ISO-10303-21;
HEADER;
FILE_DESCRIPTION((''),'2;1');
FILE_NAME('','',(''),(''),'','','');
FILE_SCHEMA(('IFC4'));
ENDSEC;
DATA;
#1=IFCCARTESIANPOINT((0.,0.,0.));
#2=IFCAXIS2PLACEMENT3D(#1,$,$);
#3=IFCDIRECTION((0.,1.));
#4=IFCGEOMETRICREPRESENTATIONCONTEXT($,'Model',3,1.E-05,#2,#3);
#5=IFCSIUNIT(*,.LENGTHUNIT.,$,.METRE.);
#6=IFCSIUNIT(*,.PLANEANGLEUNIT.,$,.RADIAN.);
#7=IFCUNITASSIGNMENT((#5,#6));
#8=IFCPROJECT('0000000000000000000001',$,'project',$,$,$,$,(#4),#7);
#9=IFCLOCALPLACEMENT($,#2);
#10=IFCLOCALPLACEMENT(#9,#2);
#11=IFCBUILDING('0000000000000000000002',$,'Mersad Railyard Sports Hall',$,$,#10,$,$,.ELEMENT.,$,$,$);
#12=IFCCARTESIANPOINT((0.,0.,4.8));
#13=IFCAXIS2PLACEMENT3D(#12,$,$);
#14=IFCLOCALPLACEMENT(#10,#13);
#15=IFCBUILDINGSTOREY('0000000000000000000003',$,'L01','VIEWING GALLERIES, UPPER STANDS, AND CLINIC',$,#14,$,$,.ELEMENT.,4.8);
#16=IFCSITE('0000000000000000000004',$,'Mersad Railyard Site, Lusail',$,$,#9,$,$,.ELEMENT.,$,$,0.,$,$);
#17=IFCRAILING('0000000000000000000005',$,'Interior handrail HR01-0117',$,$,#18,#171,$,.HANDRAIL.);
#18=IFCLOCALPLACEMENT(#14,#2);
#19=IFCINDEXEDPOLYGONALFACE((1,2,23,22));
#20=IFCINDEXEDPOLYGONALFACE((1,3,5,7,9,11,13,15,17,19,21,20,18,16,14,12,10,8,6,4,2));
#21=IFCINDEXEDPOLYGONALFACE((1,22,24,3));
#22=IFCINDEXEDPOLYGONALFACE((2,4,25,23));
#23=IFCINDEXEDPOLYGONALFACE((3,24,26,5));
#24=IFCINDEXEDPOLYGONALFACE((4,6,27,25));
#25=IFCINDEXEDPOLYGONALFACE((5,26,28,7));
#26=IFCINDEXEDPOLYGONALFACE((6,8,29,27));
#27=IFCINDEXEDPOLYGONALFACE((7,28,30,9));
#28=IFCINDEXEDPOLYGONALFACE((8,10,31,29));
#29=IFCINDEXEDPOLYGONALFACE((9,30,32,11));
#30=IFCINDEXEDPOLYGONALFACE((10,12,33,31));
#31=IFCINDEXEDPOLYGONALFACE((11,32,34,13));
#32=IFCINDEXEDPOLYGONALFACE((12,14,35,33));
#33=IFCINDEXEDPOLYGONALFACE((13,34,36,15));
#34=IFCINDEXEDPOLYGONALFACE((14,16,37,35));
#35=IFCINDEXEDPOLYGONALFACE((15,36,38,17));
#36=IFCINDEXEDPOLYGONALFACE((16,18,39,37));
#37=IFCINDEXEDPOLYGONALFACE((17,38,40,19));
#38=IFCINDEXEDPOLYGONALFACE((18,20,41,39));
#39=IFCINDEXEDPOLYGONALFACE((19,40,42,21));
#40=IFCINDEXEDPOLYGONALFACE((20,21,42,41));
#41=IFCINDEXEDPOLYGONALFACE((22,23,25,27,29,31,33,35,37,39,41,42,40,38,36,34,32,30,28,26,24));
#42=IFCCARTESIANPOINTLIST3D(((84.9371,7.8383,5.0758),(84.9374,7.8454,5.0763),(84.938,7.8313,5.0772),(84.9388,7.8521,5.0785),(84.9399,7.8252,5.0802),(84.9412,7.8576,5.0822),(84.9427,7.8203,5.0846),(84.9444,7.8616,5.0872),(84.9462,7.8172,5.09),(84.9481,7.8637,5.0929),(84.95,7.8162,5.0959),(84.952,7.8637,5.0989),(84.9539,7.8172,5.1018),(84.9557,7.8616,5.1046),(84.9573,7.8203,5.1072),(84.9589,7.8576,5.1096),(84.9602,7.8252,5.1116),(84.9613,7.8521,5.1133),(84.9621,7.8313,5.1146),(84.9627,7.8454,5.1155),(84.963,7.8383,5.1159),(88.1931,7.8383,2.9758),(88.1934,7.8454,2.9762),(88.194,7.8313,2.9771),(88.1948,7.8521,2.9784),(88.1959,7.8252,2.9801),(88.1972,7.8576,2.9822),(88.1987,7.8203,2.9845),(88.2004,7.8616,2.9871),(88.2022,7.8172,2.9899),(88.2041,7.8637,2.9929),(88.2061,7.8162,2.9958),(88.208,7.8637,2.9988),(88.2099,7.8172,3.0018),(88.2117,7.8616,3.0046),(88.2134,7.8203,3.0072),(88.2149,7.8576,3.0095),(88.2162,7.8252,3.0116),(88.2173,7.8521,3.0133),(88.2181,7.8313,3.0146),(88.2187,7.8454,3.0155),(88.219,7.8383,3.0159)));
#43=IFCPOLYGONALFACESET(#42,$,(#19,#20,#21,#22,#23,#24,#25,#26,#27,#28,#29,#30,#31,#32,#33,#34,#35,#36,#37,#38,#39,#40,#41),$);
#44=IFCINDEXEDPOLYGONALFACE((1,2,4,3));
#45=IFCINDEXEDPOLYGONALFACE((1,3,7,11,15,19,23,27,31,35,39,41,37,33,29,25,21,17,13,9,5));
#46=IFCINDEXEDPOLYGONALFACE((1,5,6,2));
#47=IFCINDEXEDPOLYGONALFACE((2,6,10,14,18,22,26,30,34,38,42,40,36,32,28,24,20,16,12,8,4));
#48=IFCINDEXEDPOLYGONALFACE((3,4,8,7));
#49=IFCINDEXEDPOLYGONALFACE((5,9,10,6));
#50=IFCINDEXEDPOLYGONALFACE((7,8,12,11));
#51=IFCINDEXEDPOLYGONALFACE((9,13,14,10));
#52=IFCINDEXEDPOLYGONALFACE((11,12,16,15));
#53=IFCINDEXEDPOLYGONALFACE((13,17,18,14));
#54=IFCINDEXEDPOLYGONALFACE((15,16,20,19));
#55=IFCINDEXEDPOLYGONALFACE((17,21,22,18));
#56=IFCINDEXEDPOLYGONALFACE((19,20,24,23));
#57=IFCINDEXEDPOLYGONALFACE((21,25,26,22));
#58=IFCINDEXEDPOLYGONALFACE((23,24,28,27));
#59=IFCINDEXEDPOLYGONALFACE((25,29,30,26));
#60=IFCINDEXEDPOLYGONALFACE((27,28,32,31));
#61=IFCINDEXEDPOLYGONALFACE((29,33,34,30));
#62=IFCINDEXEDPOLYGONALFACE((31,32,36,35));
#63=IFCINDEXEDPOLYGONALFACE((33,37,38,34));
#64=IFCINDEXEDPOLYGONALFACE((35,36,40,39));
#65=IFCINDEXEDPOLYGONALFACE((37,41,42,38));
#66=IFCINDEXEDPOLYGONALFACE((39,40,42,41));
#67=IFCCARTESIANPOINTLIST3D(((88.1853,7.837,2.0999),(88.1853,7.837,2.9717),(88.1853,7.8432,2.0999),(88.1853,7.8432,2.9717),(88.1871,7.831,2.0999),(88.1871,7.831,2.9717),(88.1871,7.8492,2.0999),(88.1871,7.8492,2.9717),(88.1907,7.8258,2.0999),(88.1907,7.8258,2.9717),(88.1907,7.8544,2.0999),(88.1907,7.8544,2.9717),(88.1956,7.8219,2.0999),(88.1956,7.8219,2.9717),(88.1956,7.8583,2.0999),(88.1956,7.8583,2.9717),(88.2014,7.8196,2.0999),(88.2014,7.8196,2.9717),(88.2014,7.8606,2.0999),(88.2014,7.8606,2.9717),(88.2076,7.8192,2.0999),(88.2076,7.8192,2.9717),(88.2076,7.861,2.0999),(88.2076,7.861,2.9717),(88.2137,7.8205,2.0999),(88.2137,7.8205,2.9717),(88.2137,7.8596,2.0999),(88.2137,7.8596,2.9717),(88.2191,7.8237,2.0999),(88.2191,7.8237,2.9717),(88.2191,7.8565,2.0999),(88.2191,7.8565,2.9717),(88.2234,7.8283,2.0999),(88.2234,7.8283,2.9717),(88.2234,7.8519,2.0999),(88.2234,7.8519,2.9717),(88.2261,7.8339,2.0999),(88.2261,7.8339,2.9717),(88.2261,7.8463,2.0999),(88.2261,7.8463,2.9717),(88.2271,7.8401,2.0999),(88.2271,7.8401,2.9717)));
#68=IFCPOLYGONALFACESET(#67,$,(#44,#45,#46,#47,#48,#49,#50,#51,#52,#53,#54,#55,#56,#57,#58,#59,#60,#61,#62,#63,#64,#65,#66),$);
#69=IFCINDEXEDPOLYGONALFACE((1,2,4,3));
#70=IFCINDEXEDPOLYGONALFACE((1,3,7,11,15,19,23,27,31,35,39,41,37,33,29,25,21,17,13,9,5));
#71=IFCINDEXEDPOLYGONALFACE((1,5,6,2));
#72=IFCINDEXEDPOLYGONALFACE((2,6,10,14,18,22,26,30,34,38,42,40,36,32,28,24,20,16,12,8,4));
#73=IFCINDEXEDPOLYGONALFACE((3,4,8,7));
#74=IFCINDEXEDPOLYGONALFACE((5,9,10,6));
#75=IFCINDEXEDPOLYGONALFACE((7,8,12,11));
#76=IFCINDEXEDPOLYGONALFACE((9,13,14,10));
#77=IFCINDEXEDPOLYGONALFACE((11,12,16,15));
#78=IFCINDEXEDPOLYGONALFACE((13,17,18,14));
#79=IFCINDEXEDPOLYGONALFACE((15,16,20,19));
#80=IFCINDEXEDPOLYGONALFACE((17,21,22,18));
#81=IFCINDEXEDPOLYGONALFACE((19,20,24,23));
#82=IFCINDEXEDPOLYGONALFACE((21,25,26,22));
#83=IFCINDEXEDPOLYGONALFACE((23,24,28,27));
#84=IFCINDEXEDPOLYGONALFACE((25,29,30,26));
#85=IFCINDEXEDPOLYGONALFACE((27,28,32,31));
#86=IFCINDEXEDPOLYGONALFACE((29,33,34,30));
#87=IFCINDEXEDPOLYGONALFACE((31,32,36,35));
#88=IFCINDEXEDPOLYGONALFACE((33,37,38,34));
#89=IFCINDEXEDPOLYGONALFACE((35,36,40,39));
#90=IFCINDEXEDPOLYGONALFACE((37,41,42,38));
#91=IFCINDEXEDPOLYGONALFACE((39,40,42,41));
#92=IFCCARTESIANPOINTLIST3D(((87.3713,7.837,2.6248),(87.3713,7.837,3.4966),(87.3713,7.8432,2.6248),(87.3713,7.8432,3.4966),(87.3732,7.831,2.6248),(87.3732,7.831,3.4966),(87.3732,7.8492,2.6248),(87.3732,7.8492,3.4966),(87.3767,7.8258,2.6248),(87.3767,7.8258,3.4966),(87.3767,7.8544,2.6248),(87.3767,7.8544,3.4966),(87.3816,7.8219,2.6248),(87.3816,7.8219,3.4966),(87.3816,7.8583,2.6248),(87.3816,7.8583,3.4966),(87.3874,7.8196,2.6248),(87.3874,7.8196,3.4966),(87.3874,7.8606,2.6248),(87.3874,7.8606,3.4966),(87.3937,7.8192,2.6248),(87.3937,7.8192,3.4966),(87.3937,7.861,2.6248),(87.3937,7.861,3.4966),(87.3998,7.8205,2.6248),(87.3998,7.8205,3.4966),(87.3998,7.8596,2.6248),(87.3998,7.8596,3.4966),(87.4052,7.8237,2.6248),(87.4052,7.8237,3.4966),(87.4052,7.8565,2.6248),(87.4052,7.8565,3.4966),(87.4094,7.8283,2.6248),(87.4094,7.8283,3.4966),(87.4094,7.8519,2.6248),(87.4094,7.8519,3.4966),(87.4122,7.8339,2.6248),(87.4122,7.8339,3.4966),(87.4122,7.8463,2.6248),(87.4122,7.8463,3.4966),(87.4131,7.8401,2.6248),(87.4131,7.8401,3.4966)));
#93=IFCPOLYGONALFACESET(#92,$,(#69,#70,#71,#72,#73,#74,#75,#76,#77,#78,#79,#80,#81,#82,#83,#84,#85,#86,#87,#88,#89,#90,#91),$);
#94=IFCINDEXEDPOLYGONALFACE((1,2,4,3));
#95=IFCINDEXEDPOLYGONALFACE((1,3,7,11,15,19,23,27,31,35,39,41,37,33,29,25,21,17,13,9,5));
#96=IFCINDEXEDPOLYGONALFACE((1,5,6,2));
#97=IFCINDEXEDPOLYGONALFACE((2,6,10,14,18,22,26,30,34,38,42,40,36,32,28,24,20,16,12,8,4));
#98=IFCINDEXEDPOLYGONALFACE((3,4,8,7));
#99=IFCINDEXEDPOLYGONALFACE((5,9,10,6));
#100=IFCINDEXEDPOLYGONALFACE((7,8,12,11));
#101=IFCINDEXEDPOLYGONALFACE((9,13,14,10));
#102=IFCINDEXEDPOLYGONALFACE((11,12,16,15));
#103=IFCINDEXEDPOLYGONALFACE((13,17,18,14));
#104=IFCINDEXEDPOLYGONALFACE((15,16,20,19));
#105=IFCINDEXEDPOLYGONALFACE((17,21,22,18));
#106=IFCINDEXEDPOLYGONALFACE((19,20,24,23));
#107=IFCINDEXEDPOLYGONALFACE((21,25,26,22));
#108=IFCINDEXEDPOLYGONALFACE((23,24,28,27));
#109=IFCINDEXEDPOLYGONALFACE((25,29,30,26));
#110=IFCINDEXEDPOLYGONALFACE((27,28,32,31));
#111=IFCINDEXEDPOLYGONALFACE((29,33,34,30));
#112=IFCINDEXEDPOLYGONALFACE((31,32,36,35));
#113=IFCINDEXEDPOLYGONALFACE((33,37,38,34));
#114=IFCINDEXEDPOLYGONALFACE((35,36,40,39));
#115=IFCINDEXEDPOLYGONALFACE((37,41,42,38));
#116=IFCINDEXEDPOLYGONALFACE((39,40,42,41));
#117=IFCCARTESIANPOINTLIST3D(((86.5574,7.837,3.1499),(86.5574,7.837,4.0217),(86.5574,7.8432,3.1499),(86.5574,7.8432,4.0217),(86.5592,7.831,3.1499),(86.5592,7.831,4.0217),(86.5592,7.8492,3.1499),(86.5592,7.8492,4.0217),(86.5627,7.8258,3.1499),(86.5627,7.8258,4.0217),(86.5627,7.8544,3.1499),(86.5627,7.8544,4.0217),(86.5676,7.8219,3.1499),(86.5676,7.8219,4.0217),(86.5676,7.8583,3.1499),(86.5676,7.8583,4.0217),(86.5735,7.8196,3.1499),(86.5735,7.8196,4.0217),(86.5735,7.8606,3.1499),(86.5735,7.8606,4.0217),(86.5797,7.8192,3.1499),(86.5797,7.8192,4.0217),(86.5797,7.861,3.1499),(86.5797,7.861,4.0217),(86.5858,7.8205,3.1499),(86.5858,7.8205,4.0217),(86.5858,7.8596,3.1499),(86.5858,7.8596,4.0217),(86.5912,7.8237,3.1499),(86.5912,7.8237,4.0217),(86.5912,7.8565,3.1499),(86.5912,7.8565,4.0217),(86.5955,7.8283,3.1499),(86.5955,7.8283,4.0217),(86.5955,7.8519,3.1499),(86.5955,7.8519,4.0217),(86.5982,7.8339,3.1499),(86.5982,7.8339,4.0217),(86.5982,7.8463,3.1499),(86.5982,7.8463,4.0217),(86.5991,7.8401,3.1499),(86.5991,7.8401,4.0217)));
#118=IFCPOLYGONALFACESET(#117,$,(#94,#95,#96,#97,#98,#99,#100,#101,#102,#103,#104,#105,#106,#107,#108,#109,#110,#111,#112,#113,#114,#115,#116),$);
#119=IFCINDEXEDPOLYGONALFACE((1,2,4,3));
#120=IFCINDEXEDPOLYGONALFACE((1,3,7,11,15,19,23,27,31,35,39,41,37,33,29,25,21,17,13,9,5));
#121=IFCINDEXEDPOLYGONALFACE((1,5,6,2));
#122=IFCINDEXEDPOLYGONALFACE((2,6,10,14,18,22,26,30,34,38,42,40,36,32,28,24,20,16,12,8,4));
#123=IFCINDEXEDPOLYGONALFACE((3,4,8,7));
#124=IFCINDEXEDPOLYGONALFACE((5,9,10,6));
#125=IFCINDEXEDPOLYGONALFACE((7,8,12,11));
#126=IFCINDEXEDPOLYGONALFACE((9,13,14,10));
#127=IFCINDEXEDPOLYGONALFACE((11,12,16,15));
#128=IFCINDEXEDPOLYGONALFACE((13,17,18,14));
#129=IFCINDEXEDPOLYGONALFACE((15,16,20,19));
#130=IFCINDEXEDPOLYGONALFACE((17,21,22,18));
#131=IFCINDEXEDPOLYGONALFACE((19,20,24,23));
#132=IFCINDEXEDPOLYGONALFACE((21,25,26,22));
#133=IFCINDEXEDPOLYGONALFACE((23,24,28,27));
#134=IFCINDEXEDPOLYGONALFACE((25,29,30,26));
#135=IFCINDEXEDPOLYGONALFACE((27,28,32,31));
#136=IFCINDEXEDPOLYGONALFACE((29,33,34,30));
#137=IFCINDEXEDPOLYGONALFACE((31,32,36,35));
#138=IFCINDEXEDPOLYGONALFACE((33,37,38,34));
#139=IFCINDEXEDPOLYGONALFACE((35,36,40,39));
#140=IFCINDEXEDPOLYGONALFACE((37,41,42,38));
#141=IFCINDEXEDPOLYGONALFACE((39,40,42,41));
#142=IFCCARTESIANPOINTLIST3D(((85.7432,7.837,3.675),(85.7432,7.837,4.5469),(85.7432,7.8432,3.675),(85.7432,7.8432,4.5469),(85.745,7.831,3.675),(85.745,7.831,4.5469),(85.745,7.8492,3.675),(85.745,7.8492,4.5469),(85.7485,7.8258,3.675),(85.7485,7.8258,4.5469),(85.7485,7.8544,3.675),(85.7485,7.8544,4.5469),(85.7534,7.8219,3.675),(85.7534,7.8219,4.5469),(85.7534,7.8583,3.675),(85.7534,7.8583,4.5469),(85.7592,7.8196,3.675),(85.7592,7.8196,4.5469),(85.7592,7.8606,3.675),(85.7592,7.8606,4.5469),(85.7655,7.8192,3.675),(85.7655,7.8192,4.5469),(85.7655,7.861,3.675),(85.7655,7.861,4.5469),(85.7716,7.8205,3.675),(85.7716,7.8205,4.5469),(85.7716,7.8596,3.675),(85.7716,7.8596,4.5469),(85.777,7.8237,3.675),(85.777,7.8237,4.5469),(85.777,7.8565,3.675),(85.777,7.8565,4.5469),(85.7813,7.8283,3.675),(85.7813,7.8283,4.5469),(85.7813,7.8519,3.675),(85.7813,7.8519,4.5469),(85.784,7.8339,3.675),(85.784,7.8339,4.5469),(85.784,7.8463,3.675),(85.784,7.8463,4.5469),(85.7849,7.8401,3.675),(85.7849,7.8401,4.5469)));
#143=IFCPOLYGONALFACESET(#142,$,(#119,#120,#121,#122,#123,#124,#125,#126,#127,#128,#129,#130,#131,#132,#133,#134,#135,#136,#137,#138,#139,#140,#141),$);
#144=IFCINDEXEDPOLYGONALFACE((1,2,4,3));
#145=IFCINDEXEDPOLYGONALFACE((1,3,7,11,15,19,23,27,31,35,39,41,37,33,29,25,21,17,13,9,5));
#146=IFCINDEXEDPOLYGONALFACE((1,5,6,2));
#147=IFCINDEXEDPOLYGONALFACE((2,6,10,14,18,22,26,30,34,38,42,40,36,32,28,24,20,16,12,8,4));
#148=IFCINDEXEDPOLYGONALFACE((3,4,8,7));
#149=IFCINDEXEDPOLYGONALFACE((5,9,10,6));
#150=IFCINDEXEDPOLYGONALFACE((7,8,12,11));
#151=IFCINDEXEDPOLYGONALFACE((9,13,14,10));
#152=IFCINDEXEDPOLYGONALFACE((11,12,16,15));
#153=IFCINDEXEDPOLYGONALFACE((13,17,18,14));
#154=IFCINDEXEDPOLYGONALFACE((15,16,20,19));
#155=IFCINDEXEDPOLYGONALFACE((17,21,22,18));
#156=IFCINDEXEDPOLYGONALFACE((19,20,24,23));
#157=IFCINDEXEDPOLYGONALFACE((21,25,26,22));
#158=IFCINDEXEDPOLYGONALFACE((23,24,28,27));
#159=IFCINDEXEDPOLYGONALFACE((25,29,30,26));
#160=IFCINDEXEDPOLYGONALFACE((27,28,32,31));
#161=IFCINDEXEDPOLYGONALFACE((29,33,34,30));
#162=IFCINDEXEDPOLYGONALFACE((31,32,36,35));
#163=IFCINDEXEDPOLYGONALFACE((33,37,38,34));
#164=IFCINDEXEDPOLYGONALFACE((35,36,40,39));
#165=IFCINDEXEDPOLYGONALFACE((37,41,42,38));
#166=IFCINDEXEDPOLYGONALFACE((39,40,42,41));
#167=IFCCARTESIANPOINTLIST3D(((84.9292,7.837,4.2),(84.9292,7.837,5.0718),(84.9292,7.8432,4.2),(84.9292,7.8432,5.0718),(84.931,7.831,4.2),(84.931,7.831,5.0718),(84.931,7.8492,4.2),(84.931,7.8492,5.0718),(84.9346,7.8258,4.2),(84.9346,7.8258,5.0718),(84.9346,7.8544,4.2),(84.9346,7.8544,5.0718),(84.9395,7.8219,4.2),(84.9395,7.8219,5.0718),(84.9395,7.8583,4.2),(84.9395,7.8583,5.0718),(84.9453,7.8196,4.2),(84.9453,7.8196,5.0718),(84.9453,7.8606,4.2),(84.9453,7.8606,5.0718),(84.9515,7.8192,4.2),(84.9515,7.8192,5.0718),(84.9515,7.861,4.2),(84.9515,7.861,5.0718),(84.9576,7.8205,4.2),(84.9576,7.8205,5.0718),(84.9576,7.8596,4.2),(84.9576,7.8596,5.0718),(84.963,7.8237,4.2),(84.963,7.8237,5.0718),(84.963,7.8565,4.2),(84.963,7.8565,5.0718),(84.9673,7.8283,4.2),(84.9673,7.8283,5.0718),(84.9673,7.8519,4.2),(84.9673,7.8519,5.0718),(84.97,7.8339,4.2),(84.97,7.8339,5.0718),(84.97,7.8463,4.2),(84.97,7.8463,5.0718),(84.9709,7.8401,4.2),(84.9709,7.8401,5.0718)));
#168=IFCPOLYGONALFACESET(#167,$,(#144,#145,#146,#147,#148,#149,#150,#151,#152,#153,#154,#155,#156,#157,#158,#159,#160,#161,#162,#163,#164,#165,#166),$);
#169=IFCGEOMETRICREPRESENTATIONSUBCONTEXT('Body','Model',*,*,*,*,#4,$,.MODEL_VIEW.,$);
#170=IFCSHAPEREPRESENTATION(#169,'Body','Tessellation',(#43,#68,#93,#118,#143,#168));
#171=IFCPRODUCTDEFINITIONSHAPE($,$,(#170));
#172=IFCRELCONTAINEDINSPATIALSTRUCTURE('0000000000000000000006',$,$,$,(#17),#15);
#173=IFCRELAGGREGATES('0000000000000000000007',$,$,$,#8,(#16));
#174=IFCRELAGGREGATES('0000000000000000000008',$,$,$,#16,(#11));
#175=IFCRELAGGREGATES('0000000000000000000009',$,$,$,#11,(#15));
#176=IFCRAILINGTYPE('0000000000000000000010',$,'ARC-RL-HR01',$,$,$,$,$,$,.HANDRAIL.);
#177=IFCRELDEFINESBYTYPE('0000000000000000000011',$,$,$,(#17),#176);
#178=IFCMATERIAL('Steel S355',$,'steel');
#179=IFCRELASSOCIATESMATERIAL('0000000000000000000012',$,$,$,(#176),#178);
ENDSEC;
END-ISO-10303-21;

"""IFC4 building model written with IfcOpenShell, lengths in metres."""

from ifc_helpers import new_model, si_unit, direction, frame, origin, origin_2d, place, context, subcontext, project, spatial, circle, extrude, material, type_object, element, save


model = new_model("IFC4")

# Units and contexts
model_context = context("Model", 3, precision=1e-05, world=origin(), true_north=direction((0.0, 1.0)))
body_context = subcontext(model_context, "Body", "Model", "MODEL_VIEW")
ifc_project = project(units=[si_unit("LENGTHUNIT", "METRE"), si_unit("PLANEANGLEUNIT", "RADIAN")], contexts=[model_context])

# Site, building, storey
site_placement = place(None, origin())
site = spatial("IfcSite", under=ifc_project, at=site_placement, Name="Mersad Railyard Site, Lusail", CompositionType="ELEMENT", RefElevation=0.0)
building_placement = place(site_placement, origin())
building = spatial("IfcBuilding", under=site, at=building_placement, Name="Mersad Railyard Sports Hall", CompositionType="ELEMENT")
storey_placement = place(building_placement, frame((0.0, 0.0, 4.8)))
storey = spatial("IfcBuildingStorey", under=building, at=storey_placement, Name="L01", Description="VIEWING GALLERIES, UPPER STANDS, AND CLINIC", CompositionType="ELEMENT", Elevation=4.8)

# Railing
ifc_material_1 = material(Name="Steel S355", Category="steel")
railing_type_1 = type_object("IfcRailingType", Name="ARC-RL-HR01", PredefinedType="HANDRAIL", material=ifc_material_1)
railing_1_placement = place(storey_placement, frame((88.2061, 7.8401, 2.0999)))
element("IfcRailing", 1, at=railing_1_placement, inside=storey, type_object=railing_type_1, Name="Interior handrail HR01-0117", PredefinedType="HANDRAIL", context=body_context, shape_type="SweptSolid", body=[
    extrude(circle(Radius=0.0239, at=origin_2d()), frame((0.0, 0.0, 0.896), z_axis=(-0.840369, 0.0, 0.542015), x_axis=(0.0, -1.0, 0.0)), (0.0, 0.0, 1.0), 3.8745),
    extrude(circle(Radius=0.021, at=origin_2d()), origin(), (0.0, 0.0, 1.0), 0.8718),
    extrude(circle(Radius=0.021, at=origin_2d()), frame((-0.814, 0.0, 0.5249)), (0.0, 0.0, 1.0), 0.8718),
    extrude(circle(Radius=0.021, at=origin_2d()), frame((-1.6279, 0.0, 1.05)), (0.0, 0.0, 1.0), 0.8718),
    extrude(circle(Radius=0.021, at=origin_2d()), frame((-2.4421, 0.0, 1.5752)), (0.0, 0.0, 1.0), 0.8718),
    extrude(circle(Radius=0.021, at=origin_2d()), frame((-3.2561, 0.0, 2.1001)), (0.0, 0.0, 1.0), 0.8718),
])

save(model, "model.ifc")
